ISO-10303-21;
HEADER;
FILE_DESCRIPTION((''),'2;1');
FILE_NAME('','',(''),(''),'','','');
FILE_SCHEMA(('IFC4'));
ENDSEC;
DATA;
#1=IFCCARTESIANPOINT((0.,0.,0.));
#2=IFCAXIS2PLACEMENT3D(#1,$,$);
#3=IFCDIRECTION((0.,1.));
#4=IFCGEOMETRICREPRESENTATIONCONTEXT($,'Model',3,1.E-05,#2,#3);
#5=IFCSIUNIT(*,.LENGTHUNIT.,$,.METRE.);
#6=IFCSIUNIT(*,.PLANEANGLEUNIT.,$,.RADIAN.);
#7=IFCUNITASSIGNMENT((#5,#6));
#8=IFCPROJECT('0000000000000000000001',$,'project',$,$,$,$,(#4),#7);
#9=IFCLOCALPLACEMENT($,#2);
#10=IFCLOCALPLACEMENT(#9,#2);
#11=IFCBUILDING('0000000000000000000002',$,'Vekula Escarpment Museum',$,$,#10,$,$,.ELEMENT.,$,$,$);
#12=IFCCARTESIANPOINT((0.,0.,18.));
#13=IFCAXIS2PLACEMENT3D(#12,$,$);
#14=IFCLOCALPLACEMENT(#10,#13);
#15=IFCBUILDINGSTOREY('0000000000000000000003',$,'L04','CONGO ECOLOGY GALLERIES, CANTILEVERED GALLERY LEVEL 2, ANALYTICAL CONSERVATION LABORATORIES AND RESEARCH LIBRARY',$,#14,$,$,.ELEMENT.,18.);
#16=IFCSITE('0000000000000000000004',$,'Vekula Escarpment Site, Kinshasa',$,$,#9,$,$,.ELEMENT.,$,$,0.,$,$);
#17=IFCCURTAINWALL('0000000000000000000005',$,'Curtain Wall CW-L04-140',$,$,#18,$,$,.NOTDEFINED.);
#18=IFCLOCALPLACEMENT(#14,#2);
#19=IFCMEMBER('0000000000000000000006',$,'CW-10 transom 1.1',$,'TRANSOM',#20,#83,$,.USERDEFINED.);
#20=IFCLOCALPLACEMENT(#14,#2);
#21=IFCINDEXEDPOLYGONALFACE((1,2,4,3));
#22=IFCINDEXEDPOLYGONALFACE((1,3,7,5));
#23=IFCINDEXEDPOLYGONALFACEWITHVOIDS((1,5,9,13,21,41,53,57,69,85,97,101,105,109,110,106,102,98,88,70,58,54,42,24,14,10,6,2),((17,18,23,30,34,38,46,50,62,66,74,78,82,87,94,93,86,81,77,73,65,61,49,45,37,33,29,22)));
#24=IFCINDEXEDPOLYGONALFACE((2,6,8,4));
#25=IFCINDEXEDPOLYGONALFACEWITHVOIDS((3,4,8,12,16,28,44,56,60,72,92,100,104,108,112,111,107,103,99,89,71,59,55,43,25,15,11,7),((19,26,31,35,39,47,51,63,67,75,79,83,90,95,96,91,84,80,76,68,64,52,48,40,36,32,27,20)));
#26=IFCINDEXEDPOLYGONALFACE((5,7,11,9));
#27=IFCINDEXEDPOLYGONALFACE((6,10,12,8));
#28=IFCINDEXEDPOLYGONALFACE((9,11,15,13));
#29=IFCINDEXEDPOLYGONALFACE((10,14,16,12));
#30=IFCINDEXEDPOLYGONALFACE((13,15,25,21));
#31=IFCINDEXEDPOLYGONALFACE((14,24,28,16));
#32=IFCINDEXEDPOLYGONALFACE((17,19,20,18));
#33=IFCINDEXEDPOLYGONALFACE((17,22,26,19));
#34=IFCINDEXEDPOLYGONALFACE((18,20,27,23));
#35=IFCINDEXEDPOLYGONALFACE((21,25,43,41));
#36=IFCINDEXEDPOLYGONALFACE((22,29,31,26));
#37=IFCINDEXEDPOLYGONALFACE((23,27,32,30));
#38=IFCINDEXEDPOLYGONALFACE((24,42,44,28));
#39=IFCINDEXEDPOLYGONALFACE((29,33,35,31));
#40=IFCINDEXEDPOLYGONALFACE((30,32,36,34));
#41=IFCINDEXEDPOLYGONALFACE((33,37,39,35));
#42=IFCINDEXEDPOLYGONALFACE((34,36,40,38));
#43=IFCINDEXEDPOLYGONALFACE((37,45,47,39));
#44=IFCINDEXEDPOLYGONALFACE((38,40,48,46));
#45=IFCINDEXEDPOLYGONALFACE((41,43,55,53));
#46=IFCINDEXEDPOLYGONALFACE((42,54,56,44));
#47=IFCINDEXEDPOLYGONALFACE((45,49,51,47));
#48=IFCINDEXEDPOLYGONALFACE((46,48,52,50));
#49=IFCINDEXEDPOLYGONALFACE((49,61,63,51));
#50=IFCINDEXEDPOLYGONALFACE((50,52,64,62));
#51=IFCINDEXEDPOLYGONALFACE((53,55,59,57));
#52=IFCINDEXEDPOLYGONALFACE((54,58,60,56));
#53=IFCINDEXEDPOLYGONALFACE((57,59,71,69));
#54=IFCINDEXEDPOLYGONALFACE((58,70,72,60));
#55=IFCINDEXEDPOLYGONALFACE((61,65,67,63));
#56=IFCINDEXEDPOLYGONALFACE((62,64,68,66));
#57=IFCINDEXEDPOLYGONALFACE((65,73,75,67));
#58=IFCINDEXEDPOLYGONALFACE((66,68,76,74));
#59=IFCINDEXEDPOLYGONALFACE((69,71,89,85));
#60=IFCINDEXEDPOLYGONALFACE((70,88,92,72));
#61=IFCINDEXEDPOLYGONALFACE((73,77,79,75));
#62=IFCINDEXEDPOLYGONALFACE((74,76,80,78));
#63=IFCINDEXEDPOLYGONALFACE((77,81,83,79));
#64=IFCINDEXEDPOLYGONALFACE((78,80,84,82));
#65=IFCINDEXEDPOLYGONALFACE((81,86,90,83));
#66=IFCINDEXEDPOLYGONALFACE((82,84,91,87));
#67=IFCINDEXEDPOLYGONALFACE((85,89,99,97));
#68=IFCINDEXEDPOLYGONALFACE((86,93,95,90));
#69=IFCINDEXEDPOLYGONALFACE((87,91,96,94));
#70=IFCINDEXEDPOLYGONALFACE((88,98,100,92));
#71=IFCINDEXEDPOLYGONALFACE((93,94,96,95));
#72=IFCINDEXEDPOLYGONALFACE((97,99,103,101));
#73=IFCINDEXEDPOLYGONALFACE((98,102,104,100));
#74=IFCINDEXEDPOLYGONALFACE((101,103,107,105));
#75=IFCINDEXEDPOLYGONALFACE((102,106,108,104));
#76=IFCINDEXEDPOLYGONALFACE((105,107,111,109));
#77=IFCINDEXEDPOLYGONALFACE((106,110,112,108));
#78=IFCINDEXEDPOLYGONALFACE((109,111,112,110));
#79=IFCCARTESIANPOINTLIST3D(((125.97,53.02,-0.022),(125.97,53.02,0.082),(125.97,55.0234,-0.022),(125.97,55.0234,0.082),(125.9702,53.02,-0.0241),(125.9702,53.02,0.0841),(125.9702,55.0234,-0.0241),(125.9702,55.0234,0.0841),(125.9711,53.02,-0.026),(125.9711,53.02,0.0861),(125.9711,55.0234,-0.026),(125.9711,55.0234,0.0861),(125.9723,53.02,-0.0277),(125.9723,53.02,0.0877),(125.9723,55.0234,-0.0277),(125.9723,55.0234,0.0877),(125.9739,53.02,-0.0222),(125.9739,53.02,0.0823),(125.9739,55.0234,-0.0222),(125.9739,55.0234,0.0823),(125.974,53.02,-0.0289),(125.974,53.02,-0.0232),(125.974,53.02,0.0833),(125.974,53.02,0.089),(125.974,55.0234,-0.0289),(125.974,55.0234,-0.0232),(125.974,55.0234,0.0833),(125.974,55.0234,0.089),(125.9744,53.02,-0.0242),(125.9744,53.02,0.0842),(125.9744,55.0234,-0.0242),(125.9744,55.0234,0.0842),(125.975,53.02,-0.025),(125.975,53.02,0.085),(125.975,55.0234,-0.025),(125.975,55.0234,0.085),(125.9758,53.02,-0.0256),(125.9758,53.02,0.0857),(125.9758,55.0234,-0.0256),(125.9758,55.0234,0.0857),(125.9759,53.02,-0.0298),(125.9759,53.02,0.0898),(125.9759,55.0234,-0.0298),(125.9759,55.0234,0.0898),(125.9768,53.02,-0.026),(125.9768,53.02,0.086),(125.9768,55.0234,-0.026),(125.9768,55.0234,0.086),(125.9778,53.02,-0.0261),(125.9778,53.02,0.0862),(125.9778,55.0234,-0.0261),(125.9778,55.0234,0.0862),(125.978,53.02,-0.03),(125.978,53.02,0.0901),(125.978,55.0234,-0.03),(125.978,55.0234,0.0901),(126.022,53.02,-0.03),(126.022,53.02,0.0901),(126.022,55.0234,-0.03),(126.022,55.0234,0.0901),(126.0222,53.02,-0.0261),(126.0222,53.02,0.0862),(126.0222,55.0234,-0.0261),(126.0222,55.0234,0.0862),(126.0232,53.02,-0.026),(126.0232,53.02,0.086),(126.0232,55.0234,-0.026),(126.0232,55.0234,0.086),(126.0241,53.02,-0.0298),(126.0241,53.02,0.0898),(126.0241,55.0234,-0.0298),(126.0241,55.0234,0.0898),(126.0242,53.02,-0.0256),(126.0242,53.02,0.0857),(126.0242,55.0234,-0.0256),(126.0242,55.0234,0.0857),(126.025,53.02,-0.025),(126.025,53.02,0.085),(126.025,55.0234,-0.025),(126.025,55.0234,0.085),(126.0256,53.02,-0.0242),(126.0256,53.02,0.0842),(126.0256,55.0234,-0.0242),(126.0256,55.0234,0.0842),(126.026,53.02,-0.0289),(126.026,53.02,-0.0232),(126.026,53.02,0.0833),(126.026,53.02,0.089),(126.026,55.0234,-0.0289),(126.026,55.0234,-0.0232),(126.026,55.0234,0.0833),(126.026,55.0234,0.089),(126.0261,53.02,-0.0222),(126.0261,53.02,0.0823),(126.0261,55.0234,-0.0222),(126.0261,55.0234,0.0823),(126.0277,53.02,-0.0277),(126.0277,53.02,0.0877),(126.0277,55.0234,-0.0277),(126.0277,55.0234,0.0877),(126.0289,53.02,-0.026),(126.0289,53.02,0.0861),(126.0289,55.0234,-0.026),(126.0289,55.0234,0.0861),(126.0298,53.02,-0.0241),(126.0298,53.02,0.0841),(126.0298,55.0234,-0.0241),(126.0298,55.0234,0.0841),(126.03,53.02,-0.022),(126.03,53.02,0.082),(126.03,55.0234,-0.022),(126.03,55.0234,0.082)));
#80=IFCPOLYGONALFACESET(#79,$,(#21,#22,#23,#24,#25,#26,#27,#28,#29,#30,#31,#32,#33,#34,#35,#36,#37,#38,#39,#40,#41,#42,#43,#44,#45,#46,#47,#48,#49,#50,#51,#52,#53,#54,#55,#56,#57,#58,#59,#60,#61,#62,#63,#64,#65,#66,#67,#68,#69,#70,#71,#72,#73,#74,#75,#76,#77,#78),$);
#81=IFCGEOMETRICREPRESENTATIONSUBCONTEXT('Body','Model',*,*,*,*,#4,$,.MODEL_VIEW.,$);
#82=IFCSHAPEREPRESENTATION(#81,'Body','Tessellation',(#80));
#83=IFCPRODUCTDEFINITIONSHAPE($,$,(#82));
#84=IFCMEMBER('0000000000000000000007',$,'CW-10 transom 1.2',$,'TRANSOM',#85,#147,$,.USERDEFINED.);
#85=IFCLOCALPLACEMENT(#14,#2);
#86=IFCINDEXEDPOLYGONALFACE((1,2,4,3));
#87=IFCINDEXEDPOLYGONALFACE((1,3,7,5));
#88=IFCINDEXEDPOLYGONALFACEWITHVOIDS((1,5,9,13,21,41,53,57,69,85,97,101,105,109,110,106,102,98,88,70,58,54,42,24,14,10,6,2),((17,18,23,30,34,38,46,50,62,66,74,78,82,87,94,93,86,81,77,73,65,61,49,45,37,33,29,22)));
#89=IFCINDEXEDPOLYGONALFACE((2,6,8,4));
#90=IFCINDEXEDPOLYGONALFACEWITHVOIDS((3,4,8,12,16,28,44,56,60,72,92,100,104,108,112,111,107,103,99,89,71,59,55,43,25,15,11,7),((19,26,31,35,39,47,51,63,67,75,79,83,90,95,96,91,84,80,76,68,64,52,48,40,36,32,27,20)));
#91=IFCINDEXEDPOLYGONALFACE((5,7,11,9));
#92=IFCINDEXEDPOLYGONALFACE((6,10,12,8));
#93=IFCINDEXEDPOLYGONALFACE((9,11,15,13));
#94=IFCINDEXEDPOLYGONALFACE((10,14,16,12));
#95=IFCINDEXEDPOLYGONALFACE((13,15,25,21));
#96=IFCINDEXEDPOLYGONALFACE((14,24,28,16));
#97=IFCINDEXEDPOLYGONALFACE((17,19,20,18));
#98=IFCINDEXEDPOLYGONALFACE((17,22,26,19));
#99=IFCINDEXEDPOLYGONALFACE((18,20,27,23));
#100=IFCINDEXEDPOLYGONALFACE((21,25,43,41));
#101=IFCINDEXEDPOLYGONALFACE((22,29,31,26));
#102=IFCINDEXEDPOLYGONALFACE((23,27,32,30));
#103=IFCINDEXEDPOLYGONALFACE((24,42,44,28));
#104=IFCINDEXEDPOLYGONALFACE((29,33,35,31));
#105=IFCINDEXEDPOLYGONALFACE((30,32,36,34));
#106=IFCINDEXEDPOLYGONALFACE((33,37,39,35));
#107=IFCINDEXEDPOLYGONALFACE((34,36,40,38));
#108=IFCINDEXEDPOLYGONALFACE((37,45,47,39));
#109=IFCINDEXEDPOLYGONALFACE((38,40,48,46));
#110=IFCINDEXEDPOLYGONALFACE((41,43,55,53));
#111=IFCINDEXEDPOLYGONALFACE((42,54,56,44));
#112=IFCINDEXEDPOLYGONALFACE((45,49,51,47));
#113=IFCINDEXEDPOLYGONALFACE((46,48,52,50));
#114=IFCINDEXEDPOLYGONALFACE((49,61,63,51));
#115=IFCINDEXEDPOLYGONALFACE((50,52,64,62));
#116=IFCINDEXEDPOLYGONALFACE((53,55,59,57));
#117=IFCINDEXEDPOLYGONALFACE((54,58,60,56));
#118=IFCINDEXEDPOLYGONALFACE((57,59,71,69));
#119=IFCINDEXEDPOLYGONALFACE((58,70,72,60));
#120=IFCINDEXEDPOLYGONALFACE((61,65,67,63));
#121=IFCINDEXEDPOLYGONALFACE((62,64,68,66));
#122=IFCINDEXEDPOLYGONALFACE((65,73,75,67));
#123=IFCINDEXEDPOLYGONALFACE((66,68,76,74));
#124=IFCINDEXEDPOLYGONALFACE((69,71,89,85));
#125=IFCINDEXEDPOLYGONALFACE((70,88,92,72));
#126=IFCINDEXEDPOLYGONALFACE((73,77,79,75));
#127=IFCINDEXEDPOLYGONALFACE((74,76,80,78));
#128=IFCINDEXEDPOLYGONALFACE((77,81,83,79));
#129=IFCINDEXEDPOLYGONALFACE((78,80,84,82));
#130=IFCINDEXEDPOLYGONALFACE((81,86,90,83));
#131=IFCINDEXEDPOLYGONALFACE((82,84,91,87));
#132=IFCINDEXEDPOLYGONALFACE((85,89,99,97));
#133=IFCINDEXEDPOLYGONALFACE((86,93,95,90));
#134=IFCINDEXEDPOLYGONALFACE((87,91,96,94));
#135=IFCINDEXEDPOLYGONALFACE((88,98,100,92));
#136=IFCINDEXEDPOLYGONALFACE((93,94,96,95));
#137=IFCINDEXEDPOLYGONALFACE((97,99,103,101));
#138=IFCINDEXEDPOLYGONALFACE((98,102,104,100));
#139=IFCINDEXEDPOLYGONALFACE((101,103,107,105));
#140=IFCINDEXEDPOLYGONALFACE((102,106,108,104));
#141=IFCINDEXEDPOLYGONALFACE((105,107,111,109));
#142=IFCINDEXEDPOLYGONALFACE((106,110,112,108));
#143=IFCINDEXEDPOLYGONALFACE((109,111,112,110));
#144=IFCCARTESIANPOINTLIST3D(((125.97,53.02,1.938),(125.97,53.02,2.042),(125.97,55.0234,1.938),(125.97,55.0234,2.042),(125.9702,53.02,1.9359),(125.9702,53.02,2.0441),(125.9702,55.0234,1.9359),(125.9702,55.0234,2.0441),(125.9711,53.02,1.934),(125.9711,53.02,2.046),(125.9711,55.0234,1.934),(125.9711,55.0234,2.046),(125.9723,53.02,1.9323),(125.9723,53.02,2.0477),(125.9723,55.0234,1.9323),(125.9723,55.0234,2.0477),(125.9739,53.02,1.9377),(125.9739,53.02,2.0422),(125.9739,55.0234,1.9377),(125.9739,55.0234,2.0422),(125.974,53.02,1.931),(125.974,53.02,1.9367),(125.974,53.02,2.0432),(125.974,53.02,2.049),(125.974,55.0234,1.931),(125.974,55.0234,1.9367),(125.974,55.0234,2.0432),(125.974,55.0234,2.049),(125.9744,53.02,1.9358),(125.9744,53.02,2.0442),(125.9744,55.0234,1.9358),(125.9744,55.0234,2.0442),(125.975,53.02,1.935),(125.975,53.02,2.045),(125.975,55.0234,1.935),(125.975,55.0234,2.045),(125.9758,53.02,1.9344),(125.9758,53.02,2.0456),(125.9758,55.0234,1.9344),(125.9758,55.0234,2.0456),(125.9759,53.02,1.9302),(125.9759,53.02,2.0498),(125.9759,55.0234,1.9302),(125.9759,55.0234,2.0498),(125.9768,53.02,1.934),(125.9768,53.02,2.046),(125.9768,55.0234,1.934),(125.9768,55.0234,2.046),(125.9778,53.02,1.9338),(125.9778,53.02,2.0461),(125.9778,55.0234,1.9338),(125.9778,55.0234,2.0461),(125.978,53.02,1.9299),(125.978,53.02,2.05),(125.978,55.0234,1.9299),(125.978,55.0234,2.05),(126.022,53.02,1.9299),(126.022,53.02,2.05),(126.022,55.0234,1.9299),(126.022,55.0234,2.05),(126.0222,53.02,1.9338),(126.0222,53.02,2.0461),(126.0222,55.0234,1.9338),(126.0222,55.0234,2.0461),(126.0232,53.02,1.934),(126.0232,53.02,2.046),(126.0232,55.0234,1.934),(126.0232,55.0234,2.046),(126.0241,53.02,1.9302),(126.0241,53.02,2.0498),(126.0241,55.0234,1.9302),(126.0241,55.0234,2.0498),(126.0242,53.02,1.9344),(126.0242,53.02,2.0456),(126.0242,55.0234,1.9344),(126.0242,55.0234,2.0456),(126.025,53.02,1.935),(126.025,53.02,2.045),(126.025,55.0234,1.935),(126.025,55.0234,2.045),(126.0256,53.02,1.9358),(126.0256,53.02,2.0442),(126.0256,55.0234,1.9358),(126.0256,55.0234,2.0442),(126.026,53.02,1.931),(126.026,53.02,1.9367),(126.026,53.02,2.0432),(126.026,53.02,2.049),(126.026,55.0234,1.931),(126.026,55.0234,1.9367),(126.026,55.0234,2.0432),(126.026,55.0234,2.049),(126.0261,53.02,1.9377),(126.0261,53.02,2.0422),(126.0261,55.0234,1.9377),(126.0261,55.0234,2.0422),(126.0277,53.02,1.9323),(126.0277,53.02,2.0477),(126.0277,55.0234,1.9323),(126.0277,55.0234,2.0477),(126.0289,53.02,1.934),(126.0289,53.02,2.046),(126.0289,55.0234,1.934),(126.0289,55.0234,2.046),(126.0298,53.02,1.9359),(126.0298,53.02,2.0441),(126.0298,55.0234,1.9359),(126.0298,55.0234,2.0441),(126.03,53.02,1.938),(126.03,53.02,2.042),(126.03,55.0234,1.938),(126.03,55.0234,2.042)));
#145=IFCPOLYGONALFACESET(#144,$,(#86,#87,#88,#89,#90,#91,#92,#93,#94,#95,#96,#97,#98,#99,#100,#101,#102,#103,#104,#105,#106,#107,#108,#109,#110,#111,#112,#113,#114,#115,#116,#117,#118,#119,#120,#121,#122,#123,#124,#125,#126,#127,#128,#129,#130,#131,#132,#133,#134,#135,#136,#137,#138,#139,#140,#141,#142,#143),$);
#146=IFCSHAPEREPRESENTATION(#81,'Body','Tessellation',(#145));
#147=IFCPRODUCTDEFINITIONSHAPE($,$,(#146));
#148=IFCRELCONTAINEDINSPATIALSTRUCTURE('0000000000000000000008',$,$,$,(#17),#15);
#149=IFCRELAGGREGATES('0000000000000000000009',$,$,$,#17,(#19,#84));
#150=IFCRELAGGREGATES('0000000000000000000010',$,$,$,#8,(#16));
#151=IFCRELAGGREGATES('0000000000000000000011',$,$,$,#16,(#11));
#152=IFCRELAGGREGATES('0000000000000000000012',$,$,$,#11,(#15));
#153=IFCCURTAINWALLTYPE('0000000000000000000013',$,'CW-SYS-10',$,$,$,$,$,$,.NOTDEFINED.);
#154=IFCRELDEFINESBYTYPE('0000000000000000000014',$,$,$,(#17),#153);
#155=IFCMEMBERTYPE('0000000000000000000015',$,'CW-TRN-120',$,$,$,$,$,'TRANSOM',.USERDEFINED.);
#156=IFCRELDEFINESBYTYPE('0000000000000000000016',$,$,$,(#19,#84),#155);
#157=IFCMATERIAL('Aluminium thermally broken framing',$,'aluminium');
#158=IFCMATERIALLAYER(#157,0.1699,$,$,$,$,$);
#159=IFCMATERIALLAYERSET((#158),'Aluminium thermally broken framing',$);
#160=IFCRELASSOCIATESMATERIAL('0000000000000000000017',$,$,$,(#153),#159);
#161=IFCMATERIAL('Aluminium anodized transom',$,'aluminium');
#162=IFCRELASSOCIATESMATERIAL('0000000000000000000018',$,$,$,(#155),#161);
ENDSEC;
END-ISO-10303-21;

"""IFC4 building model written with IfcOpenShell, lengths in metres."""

from ifc_helpers import new_model, si_unit, direction, frame, origin, origin_2d, place, context, subcontext, project, spatial, hollow_rectangle, extrude, material, layer, layer_set, material_profile, profile_set, type_object, element, aggregate, save


model = new_model("IFC4")

# Units and contexts
model_context = context("Model", 3, precision=1e-05, world=origin(), true_north=direction((0.0, 1.0)))
body_context = subcontext(model_context, "Body", "Model", "MODEL_VIEW")
ifc_project = project(units=[si_unit("LENGTHUNIT", "METRE"), si_unit("PLANEANGLEUNIT", "RADIAN")], contexts=[model_context])

# Site, building, storey
site_placement = place(None, origin())
site = spatial("IfcSite", under=ifc_project, at=site_placement, Name="Vekula Escarpment Site, Kinshasa", CompositionType="ELEMENT", RefElevation=0.0)
building_placement = place(site_placement, origin())
building = spatial("IfcBuilding", under=site, at=building_placement, Name="Vekula Escarpment Museum", CompositionType="ELEMENT")
storey_placement = place(building_placement, frame((0.0, 0.0, 18.0)))
storey = spatial("IfcBuildingStorey", under=building, at=storey_placement, Name="L04", Description="CONGO ECOLOGY GALLERIES, CANTILEVERED GALLERY LEVEL 2, ANALYTICAL CONSERVATION LABORATORIES AND RESEARCH LIBRARY", CompositionType="ELEMENT", Elevation=18.0)

# Curtain wall, members
ifc_material_1 = material(Name="Aluminium thermally broken framing", Category="aluminium")
ifc_layer_1 = layer(ifc_material_1, 0.1699)
ifc_layer_set_1 = layer_set([ifc_layer_1], Name="Aluminium thermally broken framing")
curtain_wall_type_1 = type_object("IfcCurtainWallType", Name="CW-SYS-10", PredefinedType="NOTDEFINED", material=ifc_layer_set_1)
curtain_wall_1_placement = place(storey_placement, origin())
curtain_wall_1 = element("IfcCurtainWall", 1, at=curtain_wall_1_placement, inside=storey, type_object=curtain_wall_type_1, Name="Curtain Wall CW-L04-140", PredefinedType="NOTDEFINED")
ifc_material_2 = material(Name="Aluminium anodized transom", Category="aluminium")
ifc_material_profile_1 = material_profile(ifc_material_2, hollow_rectangle(XDim=0.0601, YDim=0.1201, WallThickness=0.0039, InnerFilletRadius=0.0039, OuterFilletRadius=0.0081, at=origin_2d()), Name="ALU 120x60x4")
ifc_profile_set_1 = profile_set([ifc_material_profile_1], Name="Aluminium anodized transom")
member_type_1 = type_object("IfcMemberType", Name="CW-TRN-120", ElementType="TRANSOM", PredefinedType="USERDEFINED", material=ifc_profile_set_1)
member_1_placement = place(storey_placement, frame((126.0, 53.02, 0.03), z_axis=(0.0, 1.0, 0.0), x_axis=(-1.0, 0.0, 0.0)))
member_1 = element("IfcMember", 2, at=member_1_placement, type_object=member_type_1, Name="CW-10 transom 1.1", ObjectType="TRANSOM", PredefinedType="USERDEFINED", context=body_context, shape_type="SweptSolid", body=[
    extrude(hollow_rectangle(XDim=0.0601, YDim=0.1201, WallThickness=0.0039, InnerFilletRadius=0.0039, OuterFilletRadius=0.0081, at=origin_2d()), origin(), (0.0, 0.0, 1.0), 2.0034),
])
member_2_placement = place(storey_placement, frame((126.0, 53.02, 1.99), z_axis=(0.0, 1.0, 0.0), x_axis=(-1.0, 0.0, 0.0)))
member_2 = element("IfcMember", 3, at=member_2_placement, type_object=member_type_1, Name="CW-10 transom 1.2", ObjectType="TRANSOM", PredefinedType="USERDEFINED", context=body_context, shape_type="SweptSolid", body=[
    extrude(hollow_rectangle(XDim=0.0601, YDim=0.1201, WallThickness=0.0039, InnerFilletRadius=0.0039, OuterFilletRadius=0.0081, at=origin_2d()), origin(), (0.0, 0.0, 1.0), 2.0034),
])
aggregate(curtain_wall_1, [member_1, member_2])

save(model, "model.ifc")
